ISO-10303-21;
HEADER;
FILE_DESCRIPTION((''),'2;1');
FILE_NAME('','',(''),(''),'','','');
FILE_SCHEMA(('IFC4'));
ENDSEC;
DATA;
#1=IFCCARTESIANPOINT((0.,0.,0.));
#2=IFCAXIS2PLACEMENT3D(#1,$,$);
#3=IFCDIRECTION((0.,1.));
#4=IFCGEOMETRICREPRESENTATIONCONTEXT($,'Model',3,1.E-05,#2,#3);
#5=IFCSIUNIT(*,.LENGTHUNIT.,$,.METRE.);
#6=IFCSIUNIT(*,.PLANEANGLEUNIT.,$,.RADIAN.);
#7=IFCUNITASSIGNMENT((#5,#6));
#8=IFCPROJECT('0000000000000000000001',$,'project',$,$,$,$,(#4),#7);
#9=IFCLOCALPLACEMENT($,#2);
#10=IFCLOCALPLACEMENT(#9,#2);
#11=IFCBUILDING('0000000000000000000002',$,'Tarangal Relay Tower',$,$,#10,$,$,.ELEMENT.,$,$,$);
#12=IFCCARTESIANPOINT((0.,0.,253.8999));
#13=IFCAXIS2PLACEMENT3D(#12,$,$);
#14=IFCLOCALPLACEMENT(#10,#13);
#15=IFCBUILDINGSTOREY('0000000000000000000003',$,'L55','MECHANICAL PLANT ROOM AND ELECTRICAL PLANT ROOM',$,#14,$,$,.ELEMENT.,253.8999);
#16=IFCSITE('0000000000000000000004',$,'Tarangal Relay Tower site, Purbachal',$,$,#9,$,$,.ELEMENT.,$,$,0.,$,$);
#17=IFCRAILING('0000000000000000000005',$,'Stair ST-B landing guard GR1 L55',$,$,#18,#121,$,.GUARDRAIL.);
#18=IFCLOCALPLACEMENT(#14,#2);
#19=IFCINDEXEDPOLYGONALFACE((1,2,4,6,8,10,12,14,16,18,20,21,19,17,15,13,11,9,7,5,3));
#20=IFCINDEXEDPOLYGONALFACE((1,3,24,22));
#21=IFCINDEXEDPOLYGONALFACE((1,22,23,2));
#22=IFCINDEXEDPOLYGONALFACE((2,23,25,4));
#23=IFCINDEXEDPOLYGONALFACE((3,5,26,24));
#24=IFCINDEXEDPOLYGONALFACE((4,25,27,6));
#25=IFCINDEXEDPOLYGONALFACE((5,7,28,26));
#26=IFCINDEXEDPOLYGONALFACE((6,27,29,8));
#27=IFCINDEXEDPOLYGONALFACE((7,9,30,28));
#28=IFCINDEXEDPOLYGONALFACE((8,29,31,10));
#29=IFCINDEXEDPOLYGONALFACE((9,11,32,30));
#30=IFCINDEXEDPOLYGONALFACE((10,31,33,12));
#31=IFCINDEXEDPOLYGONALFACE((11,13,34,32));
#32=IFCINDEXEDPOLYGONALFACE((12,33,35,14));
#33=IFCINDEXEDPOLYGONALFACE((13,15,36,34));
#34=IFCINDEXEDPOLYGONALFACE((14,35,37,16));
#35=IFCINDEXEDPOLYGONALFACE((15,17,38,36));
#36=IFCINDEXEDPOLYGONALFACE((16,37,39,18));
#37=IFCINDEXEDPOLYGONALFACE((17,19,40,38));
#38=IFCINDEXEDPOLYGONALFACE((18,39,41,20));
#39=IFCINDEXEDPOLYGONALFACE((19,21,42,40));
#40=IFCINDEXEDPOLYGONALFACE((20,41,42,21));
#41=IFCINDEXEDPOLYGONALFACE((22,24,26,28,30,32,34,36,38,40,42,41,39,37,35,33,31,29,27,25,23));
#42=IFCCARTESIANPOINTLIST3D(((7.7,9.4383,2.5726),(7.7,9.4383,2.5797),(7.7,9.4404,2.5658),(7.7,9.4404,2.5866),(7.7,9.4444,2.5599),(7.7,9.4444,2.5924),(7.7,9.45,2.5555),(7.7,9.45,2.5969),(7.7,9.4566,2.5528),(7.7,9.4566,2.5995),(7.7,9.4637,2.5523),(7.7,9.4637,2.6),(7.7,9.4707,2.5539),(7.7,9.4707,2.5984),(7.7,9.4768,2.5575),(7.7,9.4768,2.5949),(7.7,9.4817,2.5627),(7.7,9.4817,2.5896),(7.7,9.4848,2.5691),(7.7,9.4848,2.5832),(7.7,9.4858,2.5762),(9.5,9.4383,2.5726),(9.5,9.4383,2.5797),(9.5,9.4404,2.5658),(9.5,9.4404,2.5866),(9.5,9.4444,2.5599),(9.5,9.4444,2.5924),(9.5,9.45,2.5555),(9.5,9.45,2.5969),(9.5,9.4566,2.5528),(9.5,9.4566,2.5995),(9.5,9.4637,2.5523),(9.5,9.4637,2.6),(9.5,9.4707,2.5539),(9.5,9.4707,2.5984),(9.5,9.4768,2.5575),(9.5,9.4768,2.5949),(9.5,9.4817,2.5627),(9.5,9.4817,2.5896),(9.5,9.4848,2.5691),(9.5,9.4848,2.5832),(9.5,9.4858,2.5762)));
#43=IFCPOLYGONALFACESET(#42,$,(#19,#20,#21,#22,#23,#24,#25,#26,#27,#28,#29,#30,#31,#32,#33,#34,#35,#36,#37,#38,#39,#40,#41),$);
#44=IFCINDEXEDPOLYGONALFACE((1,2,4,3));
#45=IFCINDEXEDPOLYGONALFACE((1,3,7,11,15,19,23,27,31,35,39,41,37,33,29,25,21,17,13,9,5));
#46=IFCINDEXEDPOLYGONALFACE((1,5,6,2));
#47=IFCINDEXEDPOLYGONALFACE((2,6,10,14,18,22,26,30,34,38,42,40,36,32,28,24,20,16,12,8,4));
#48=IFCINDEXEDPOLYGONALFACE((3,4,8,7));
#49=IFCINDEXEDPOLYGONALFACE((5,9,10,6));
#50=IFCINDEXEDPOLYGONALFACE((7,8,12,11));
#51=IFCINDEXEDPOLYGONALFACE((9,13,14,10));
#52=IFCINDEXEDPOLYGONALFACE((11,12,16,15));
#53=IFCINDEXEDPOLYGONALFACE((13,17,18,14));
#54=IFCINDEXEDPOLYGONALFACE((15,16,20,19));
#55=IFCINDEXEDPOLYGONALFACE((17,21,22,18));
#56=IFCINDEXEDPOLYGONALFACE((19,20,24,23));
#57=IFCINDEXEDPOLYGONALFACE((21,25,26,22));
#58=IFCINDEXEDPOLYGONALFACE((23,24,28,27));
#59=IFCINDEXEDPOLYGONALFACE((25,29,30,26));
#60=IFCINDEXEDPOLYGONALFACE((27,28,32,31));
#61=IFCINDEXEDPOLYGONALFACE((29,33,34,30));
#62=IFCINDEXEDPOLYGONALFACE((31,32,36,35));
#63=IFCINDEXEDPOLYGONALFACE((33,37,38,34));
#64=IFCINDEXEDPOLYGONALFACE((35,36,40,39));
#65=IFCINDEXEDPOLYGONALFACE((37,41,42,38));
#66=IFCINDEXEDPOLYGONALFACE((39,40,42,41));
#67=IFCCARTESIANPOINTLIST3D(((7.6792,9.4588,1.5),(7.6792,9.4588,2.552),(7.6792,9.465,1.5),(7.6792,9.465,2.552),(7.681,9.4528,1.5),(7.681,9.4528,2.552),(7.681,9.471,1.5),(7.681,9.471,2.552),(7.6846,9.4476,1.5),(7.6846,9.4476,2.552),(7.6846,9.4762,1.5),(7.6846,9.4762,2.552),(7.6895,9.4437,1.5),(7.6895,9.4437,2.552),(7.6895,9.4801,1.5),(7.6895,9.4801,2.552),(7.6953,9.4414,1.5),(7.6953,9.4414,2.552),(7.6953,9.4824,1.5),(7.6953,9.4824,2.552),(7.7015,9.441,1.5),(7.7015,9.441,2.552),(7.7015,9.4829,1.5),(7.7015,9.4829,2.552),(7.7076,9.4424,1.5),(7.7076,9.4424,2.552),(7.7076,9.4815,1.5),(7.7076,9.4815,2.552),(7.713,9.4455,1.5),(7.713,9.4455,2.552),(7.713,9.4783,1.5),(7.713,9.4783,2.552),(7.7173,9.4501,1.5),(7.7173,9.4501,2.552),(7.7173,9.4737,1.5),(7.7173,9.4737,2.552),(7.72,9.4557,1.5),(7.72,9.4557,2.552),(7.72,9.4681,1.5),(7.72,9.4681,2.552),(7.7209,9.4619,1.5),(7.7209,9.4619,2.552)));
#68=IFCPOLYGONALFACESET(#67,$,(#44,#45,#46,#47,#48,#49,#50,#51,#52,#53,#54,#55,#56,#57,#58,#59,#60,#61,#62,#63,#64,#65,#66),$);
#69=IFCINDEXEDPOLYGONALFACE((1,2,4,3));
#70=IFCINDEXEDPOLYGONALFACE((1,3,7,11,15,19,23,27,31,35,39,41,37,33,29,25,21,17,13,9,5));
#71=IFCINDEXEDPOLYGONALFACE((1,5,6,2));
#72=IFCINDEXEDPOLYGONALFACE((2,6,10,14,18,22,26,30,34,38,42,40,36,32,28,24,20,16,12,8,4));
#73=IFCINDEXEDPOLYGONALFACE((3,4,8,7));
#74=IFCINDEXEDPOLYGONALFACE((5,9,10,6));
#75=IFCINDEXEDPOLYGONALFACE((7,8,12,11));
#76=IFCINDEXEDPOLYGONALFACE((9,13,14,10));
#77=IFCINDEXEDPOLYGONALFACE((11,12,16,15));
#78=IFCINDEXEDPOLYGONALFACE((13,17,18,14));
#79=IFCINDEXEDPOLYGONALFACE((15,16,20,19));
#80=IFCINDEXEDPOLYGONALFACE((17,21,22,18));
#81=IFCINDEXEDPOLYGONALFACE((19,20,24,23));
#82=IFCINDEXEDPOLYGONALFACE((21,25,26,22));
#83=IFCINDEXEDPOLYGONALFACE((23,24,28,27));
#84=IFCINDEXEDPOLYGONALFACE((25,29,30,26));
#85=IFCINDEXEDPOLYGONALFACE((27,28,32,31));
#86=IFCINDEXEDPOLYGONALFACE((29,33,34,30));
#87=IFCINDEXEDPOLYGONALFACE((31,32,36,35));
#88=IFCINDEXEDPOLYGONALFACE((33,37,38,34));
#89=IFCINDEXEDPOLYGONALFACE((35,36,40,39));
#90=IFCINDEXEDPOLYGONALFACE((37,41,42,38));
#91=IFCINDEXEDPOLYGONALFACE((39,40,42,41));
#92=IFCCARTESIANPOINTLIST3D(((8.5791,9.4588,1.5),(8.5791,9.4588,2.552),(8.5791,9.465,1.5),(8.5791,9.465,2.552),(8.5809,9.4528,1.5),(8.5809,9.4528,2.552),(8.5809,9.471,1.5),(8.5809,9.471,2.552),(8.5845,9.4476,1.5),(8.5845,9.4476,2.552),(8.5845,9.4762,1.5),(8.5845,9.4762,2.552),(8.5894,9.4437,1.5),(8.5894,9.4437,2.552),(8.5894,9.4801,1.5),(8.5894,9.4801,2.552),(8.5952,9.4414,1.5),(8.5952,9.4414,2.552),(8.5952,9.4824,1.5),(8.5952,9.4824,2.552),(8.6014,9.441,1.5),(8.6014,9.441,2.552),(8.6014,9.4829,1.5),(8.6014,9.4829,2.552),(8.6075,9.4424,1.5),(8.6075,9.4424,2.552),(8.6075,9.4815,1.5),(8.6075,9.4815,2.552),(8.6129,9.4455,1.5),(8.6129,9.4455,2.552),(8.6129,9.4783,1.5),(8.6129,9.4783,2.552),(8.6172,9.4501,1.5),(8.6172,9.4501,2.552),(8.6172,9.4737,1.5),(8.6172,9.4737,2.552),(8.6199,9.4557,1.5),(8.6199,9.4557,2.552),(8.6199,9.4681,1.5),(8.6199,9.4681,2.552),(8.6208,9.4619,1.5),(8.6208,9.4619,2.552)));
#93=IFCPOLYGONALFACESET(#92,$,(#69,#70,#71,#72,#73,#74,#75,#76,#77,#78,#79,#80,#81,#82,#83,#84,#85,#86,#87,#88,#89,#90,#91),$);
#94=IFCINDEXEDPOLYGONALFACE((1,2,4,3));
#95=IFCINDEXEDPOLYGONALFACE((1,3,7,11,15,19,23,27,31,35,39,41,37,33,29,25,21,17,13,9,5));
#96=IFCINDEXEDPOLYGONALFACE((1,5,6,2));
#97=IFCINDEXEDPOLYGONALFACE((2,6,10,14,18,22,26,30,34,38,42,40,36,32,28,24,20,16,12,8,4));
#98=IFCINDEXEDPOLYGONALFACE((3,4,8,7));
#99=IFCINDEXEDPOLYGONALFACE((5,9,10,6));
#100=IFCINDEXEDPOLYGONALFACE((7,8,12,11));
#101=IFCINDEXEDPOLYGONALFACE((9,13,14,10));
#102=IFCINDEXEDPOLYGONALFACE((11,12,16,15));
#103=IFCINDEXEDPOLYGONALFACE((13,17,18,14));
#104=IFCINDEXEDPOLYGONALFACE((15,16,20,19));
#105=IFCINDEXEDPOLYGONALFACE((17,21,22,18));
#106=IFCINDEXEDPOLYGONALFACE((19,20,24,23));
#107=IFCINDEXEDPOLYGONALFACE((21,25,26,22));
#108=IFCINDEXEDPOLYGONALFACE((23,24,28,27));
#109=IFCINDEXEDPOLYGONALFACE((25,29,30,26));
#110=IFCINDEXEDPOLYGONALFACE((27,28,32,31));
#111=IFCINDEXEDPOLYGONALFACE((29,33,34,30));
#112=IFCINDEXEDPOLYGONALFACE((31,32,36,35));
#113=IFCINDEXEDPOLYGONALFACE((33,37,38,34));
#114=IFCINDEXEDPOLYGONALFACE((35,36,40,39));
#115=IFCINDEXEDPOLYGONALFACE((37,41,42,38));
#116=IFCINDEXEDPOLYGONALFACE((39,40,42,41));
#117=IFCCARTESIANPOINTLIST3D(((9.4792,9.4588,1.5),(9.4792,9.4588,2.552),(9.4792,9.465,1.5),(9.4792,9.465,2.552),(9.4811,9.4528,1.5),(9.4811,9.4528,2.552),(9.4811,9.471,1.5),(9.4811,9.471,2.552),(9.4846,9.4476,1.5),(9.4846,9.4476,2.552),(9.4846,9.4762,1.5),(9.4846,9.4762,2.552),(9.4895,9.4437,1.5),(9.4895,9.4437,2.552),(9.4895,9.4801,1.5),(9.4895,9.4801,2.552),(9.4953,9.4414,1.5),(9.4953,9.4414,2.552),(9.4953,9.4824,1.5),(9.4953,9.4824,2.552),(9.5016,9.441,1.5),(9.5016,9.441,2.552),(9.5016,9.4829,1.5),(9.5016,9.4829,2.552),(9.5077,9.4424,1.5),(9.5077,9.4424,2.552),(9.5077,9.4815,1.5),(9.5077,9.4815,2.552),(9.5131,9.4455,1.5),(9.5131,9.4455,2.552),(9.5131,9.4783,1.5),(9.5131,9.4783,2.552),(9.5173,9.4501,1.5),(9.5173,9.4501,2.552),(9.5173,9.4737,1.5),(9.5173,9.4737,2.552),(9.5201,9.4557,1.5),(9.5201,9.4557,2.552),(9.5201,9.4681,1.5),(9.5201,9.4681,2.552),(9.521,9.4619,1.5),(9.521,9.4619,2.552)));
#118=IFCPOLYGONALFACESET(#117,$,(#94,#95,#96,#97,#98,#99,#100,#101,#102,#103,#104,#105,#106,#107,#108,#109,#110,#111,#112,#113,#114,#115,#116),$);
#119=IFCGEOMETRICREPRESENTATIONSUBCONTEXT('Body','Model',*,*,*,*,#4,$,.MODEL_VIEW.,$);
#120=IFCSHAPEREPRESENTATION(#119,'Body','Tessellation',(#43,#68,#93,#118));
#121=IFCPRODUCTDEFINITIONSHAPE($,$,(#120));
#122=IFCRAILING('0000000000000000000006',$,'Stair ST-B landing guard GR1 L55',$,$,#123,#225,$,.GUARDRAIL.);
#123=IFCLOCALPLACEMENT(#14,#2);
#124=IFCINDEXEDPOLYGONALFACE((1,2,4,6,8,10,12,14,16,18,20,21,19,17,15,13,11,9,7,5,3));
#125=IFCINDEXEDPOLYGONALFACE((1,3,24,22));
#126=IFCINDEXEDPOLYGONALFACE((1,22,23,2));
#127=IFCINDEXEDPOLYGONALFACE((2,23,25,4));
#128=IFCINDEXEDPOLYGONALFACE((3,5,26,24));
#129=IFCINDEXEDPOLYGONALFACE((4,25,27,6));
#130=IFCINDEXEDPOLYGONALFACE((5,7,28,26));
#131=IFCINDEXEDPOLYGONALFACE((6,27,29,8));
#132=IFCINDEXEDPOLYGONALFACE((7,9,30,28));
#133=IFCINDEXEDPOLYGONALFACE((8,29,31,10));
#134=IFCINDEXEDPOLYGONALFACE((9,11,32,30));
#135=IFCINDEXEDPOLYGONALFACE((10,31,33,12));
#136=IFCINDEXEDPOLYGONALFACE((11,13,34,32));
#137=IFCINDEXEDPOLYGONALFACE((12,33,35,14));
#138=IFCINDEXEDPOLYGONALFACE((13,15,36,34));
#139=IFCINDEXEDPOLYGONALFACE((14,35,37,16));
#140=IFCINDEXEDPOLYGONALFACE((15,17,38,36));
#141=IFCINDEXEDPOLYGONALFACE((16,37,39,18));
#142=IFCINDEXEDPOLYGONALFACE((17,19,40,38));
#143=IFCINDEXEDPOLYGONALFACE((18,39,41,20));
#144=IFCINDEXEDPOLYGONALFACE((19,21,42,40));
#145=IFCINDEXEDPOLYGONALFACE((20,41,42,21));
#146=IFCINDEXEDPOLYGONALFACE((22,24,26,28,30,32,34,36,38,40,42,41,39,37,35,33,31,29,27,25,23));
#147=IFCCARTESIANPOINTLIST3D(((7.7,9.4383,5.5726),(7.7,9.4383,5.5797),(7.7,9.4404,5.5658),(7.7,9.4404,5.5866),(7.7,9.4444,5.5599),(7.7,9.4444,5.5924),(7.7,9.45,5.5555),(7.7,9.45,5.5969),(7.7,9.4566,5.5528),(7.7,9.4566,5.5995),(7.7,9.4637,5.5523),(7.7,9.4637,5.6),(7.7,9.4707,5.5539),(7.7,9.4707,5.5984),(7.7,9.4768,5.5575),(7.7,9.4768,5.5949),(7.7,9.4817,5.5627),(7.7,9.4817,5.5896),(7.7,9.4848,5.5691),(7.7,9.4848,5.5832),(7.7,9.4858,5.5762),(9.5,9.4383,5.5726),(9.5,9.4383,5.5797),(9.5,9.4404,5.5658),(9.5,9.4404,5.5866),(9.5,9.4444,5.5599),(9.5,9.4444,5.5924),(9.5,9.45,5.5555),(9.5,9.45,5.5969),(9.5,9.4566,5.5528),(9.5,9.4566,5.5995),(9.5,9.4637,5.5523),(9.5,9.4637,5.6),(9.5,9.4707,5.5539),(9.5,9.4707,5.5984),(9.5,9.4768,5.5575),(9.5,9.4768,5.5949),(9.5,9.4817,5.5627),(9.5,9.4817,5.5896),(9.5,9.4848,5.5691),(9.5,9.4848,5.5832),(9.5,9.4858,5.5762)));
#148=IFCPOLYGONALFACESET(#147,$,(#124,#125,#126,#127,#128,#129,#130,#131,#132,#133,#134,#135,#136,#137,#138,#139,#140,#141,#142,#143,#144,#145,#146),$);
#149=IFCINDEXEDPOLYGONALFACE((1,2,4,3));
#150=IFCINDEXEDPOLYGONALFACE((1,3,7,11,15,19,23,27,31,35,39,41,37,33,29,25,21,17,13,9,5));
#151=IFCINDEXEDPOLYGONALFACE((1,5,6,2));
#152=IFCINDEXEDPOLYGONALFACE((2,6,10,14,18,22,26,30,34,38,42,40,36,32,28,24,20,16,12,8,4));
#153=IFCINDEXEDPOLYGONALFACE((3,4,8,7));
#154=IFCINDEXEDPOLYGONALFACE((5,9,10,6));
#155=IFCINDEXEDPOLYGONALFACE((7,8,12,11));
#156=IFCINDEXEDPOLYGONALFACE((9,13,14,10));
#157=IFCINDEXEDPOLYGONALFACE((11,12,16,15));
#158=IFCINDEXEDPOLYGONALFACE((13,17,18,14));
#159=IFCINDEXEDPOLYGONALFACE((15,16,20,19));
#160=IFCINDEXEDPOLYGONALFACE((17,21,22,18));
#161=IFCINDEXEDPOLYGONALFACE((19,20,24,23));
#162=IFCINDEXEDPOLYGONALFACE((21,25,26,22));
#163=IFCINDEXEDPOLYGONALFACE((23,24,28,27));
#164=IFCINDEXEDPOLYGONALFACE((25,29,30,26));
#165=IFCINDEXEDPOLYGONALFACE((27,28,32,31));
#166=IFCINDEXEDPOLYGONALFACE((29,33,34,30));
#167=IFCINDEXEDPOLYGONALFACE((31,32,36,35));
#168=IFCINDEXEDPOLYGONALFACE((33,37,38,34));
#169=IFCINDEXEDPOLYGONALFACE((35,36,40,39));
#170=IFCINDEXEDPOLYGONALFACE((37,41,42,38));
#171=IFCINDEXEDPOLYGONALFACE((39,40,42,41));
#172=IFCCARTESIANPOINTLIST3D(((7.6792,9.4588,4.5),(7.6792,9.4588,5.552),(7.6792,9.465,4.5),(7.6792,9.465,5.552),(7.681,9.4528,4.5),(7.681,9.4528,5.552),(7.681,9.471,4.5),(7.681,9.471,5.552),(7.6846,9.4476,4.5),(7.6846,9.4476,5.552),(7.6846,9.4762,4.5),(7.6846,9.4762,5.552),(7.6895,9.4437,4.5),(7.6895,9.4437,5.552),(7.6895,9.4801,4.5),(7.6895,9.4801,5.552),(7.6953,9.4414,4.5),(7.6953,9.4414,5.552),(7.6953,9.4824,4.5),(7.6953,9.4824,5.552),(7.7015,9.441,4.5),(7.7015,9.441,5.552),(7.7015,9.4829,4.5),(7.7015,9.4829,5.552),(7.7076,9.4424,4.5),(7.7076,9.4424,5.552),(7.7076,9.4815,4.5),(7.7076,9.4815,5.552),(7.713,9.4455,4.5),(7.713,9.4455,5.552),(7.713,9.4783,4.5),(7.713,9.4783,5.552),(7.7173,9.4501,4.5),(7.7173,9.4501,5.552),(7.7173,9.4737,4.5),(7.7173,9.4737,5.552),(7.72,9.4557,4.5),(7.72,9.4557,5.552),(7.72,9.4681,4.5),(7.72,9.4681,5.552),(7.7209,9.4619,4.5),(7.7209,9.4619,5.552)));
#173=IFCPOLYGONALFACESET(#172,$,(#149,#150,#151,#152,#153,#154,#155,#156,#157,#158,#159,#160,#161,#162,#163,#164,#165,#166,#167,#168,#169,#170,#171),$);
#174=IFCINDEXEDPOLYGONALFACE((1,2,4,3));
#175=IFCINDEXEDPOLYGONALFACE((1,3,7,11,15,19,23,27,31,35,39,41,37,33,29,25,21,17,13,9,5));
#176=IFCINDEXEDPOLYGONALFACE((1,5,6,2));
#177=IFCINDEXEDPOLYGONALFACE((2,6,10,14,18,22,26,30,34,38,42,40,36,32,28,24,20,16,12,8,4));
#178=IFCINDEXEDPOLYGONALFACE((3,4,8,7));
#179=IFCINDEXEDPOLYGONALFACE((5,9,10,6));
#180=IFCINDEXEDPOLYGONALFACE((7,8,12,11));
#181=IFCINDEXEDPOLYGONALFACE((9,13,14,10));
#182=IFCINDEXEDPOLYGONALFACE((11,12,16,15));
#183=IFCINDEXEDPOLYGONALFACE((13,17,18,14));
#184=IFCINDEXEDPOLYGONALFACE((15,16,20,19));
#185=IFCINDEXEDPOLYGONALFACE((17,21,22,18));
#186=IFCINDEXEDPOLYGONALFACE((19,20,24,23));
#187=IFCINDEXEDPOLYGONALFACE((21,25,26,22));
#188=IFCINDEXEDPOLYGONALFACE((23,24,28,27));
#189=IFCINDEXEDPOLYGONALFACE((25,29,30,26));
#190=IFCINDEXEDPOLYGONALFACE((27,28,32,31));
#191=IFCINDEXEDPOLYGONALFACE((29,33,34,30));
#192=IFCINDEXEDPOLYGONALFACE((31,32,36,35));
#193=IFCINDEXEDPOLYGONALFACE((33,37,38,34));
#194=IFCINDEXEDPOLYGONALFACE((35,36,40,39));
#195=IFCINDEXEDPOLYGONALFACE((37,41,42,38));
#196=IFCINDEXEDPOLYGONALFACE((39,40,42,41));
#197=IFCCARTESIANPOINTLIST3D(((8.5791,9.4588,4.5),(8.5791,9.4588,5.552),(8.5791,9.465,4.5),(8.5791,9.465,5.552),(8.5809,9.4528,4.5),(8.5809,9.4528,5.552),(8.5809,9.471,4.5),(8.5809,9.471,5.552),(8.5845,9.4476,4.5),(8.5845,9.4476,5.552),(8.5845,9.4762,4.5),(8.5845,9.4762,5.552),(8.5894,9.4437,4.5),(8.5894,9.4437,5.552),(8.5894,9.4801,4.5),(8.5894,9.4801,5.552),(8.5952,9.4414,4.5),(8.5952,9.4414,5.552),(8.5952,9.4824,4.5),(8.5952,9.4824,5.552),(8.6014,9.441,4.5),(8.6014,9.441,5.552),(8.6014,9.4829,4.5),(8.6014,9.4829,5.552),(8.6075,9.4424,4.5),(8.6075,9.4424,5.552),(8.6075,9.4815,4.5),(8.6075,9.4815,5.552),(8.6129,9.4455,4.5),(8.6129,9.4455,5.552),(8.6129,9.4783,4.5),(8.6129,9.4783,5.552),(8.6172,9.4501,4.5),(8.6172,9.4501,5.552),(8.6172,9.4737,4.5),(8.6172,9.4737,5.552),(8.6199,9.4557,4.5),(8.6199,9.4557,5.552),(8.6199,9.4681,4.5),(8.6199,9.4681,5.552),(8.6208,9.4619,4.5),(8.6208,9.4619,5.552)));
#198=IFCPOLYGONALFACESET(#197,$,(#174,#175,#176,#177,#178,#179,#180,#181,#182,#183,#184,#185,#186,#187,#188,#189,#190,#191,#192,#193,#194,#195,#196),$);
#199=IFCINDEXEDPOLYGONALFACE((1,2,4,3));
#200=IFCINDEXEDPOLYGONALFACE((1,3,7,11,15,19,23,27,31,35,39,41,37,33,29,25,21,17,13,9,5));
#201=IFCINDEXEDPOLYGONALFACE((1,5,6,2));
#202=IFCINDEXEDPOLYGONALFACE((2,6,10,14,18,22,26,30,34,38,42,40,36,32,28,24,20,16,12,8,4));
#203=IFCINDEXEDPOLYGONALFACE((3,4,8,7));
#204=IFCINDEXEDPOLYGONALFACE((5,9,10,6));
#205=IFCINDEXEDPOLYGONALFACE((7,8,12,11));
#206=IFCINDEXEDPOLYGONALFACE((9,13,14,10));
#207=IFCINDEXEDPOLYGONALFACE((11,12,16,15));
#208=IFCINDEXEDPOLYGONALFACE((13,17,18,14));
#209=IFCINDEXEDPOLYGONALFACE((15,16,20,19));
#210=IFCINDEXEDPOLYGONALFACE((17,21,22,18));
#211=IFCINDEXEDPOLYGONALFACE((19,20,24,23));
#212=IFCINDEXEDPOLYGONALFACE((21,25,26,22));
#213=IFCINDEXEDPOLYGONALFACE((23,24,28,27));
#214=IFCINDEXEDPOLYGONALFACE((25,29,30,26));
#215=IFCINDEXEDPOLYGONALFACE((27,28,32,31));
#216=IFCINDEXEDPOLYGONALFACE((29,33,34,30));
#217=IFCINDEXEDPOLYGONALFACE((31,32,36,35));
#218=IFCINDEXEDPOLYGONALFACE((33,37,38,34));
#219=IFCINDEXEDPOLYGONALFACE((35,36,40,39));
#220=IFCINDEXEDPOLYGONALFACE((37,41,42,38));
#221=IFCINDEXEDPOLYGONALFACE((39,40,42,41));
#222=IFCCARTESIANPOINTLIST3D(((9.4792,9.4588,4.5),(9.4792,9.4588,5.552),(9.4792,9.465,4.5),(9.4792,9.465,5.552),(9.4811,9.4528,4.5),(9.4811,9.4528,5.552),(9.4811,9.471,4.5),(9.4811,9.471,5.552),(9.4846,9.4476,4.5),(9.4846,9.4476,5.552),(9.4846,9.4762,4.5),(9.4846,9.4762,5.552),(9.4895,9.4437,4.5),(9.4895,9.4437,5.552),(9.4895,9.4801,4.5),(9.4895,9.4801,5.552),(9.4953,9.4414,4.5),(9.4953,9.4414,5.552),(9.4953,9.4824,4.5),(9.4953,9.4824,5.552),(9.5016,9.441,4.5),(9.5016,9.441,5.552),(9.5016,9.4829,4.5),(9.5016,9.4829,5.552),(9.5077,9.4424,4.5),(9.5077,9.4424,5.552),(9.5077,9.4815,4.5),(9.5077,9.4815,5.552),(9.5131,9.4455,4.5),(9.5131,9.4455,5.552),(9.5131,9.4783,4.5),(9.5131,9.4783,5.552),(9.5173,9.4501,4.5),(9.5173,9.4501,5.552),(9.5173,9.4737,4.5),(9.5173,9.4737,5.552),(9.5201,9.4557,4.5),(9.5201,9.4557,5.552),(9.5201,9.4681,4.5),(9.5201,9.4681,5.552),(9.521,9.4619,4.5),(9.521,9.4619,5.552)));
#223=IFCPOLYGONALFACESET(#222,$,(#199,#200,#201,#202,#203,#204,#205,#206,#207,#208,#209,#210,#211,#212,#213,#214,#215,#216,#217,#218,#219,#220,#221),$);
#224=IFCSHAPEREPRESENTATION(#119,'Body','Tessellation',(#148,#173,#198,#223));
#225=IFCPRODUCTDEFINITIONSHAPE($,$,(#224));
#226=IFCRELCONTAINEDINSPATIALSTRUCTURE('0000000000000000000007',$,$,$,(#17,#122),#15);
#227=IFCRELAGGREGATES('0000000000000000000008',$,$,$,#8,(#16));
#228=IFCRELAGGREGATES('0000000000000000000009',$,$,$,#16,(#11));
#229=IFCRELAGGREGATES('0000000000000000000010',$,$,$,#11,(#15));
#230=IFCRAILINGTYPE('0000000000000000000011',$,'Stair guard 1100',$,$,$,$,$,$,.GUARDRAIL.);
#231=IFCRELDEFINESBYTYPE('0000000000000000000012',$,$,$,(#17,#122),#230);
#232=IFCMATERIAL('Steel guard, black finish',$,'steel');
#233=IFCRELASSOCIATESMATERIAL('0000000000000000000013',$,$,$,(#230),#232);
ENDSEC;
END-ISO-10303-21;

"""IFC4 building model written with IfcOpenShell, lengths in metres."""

from ifc_helpers import new_model, si_unit, direction, frame, origin, origin_2d, place, context, subcontext, project, spatial, circle, extrude, material, type_object, element, save


model = new_model("IFC4")

# Units and contexts
model_context = context("Model", 3, precision=1e-05, world=origin(), true_north=direction((0.0, 1.0)))
body_context = subcontext(model_context, "Body", "Model", "MODEL_VIEW")
ifc_project = project(units=[si_unit("LENGTHUNIT", "METRE"), si_unit("PLANEANGLEUNIT", "RADIAN")], contexts=[model_context])

# Site, building, storey
site_placement = place(None, origin())
site = spatial("IfcSite", under=ifc_project, at=site_placement, Name="Tarangal Relay Tower site, Purbachal", CompositionType="ELEMENT", RefElevation=0.0)
building_placement = place(site_placement, origin())
building = spatial("IfcBuilding", under=site, at=building_placement, Name="Tarangal Relay Tower", CompositionType="ELEMENT")
storey_placement = place(building_placement, frame((0.0, 0.0, 253.8999)))
storey = spatial("IfcBuildingStorey", under=building, at=storey_placement, Name="L55", Description="MECHANICAL PLANT ROOM AND ELECTRICAL PLANT ROOM", CompositionType="ELEMENT", Elevation=253.8999)

# Railings
ifc_material_1 = material(Name="Steel guard, black finish", Category="steel")
railing_type_1 = type_object("IfcRailingType", Name="Stair guard 1100", PredefinedType="GUARDRAIL", material=ifc_material_1)
for number, where, name in (
    (1, (7.7, 9.4619, 1.5), "Stair ST-B landing guard GR1 L55"),
    (2, (7.7, 9.4619, 4.5), "Stair ST-B landing guard GR1 L55"),
):
    element("IfcRailing", number, at=place(storey_placement, frame(where)), inside=storey, type_object=railing_type_1, Name=name, PredefinedType="GUARDRAIL", context=body_context, shape_type="SweptSolid", body=[
        extrude(circle(Radius=0.0239, at=origin_2d()), frame((0.0, 0.0, 1.0762), z_axis=(1.0, 0.0, 0.0), x_axis=(0.0, 1.0, 0.0)), (0.0, 0.0, 1.0), 1.8),
        extrude(circle(Radius=0.021, at=origin_2d()), origin(), (0.0, 0.0, 1.0), 1.052),
        extrude(circle(Radius=0.021, at=origin_2d()), frame((0.8999, 0.0, 0.0)), (0.0, 0.0, 1.0), 1.052),
        extrude(circle(Radius=0.021, at=origin_2d()), frame((1.8, 0.0, 0.0)), (0.0, 0.0, 1.0), 1.052),
    ])

save(model, "model.ifc")
